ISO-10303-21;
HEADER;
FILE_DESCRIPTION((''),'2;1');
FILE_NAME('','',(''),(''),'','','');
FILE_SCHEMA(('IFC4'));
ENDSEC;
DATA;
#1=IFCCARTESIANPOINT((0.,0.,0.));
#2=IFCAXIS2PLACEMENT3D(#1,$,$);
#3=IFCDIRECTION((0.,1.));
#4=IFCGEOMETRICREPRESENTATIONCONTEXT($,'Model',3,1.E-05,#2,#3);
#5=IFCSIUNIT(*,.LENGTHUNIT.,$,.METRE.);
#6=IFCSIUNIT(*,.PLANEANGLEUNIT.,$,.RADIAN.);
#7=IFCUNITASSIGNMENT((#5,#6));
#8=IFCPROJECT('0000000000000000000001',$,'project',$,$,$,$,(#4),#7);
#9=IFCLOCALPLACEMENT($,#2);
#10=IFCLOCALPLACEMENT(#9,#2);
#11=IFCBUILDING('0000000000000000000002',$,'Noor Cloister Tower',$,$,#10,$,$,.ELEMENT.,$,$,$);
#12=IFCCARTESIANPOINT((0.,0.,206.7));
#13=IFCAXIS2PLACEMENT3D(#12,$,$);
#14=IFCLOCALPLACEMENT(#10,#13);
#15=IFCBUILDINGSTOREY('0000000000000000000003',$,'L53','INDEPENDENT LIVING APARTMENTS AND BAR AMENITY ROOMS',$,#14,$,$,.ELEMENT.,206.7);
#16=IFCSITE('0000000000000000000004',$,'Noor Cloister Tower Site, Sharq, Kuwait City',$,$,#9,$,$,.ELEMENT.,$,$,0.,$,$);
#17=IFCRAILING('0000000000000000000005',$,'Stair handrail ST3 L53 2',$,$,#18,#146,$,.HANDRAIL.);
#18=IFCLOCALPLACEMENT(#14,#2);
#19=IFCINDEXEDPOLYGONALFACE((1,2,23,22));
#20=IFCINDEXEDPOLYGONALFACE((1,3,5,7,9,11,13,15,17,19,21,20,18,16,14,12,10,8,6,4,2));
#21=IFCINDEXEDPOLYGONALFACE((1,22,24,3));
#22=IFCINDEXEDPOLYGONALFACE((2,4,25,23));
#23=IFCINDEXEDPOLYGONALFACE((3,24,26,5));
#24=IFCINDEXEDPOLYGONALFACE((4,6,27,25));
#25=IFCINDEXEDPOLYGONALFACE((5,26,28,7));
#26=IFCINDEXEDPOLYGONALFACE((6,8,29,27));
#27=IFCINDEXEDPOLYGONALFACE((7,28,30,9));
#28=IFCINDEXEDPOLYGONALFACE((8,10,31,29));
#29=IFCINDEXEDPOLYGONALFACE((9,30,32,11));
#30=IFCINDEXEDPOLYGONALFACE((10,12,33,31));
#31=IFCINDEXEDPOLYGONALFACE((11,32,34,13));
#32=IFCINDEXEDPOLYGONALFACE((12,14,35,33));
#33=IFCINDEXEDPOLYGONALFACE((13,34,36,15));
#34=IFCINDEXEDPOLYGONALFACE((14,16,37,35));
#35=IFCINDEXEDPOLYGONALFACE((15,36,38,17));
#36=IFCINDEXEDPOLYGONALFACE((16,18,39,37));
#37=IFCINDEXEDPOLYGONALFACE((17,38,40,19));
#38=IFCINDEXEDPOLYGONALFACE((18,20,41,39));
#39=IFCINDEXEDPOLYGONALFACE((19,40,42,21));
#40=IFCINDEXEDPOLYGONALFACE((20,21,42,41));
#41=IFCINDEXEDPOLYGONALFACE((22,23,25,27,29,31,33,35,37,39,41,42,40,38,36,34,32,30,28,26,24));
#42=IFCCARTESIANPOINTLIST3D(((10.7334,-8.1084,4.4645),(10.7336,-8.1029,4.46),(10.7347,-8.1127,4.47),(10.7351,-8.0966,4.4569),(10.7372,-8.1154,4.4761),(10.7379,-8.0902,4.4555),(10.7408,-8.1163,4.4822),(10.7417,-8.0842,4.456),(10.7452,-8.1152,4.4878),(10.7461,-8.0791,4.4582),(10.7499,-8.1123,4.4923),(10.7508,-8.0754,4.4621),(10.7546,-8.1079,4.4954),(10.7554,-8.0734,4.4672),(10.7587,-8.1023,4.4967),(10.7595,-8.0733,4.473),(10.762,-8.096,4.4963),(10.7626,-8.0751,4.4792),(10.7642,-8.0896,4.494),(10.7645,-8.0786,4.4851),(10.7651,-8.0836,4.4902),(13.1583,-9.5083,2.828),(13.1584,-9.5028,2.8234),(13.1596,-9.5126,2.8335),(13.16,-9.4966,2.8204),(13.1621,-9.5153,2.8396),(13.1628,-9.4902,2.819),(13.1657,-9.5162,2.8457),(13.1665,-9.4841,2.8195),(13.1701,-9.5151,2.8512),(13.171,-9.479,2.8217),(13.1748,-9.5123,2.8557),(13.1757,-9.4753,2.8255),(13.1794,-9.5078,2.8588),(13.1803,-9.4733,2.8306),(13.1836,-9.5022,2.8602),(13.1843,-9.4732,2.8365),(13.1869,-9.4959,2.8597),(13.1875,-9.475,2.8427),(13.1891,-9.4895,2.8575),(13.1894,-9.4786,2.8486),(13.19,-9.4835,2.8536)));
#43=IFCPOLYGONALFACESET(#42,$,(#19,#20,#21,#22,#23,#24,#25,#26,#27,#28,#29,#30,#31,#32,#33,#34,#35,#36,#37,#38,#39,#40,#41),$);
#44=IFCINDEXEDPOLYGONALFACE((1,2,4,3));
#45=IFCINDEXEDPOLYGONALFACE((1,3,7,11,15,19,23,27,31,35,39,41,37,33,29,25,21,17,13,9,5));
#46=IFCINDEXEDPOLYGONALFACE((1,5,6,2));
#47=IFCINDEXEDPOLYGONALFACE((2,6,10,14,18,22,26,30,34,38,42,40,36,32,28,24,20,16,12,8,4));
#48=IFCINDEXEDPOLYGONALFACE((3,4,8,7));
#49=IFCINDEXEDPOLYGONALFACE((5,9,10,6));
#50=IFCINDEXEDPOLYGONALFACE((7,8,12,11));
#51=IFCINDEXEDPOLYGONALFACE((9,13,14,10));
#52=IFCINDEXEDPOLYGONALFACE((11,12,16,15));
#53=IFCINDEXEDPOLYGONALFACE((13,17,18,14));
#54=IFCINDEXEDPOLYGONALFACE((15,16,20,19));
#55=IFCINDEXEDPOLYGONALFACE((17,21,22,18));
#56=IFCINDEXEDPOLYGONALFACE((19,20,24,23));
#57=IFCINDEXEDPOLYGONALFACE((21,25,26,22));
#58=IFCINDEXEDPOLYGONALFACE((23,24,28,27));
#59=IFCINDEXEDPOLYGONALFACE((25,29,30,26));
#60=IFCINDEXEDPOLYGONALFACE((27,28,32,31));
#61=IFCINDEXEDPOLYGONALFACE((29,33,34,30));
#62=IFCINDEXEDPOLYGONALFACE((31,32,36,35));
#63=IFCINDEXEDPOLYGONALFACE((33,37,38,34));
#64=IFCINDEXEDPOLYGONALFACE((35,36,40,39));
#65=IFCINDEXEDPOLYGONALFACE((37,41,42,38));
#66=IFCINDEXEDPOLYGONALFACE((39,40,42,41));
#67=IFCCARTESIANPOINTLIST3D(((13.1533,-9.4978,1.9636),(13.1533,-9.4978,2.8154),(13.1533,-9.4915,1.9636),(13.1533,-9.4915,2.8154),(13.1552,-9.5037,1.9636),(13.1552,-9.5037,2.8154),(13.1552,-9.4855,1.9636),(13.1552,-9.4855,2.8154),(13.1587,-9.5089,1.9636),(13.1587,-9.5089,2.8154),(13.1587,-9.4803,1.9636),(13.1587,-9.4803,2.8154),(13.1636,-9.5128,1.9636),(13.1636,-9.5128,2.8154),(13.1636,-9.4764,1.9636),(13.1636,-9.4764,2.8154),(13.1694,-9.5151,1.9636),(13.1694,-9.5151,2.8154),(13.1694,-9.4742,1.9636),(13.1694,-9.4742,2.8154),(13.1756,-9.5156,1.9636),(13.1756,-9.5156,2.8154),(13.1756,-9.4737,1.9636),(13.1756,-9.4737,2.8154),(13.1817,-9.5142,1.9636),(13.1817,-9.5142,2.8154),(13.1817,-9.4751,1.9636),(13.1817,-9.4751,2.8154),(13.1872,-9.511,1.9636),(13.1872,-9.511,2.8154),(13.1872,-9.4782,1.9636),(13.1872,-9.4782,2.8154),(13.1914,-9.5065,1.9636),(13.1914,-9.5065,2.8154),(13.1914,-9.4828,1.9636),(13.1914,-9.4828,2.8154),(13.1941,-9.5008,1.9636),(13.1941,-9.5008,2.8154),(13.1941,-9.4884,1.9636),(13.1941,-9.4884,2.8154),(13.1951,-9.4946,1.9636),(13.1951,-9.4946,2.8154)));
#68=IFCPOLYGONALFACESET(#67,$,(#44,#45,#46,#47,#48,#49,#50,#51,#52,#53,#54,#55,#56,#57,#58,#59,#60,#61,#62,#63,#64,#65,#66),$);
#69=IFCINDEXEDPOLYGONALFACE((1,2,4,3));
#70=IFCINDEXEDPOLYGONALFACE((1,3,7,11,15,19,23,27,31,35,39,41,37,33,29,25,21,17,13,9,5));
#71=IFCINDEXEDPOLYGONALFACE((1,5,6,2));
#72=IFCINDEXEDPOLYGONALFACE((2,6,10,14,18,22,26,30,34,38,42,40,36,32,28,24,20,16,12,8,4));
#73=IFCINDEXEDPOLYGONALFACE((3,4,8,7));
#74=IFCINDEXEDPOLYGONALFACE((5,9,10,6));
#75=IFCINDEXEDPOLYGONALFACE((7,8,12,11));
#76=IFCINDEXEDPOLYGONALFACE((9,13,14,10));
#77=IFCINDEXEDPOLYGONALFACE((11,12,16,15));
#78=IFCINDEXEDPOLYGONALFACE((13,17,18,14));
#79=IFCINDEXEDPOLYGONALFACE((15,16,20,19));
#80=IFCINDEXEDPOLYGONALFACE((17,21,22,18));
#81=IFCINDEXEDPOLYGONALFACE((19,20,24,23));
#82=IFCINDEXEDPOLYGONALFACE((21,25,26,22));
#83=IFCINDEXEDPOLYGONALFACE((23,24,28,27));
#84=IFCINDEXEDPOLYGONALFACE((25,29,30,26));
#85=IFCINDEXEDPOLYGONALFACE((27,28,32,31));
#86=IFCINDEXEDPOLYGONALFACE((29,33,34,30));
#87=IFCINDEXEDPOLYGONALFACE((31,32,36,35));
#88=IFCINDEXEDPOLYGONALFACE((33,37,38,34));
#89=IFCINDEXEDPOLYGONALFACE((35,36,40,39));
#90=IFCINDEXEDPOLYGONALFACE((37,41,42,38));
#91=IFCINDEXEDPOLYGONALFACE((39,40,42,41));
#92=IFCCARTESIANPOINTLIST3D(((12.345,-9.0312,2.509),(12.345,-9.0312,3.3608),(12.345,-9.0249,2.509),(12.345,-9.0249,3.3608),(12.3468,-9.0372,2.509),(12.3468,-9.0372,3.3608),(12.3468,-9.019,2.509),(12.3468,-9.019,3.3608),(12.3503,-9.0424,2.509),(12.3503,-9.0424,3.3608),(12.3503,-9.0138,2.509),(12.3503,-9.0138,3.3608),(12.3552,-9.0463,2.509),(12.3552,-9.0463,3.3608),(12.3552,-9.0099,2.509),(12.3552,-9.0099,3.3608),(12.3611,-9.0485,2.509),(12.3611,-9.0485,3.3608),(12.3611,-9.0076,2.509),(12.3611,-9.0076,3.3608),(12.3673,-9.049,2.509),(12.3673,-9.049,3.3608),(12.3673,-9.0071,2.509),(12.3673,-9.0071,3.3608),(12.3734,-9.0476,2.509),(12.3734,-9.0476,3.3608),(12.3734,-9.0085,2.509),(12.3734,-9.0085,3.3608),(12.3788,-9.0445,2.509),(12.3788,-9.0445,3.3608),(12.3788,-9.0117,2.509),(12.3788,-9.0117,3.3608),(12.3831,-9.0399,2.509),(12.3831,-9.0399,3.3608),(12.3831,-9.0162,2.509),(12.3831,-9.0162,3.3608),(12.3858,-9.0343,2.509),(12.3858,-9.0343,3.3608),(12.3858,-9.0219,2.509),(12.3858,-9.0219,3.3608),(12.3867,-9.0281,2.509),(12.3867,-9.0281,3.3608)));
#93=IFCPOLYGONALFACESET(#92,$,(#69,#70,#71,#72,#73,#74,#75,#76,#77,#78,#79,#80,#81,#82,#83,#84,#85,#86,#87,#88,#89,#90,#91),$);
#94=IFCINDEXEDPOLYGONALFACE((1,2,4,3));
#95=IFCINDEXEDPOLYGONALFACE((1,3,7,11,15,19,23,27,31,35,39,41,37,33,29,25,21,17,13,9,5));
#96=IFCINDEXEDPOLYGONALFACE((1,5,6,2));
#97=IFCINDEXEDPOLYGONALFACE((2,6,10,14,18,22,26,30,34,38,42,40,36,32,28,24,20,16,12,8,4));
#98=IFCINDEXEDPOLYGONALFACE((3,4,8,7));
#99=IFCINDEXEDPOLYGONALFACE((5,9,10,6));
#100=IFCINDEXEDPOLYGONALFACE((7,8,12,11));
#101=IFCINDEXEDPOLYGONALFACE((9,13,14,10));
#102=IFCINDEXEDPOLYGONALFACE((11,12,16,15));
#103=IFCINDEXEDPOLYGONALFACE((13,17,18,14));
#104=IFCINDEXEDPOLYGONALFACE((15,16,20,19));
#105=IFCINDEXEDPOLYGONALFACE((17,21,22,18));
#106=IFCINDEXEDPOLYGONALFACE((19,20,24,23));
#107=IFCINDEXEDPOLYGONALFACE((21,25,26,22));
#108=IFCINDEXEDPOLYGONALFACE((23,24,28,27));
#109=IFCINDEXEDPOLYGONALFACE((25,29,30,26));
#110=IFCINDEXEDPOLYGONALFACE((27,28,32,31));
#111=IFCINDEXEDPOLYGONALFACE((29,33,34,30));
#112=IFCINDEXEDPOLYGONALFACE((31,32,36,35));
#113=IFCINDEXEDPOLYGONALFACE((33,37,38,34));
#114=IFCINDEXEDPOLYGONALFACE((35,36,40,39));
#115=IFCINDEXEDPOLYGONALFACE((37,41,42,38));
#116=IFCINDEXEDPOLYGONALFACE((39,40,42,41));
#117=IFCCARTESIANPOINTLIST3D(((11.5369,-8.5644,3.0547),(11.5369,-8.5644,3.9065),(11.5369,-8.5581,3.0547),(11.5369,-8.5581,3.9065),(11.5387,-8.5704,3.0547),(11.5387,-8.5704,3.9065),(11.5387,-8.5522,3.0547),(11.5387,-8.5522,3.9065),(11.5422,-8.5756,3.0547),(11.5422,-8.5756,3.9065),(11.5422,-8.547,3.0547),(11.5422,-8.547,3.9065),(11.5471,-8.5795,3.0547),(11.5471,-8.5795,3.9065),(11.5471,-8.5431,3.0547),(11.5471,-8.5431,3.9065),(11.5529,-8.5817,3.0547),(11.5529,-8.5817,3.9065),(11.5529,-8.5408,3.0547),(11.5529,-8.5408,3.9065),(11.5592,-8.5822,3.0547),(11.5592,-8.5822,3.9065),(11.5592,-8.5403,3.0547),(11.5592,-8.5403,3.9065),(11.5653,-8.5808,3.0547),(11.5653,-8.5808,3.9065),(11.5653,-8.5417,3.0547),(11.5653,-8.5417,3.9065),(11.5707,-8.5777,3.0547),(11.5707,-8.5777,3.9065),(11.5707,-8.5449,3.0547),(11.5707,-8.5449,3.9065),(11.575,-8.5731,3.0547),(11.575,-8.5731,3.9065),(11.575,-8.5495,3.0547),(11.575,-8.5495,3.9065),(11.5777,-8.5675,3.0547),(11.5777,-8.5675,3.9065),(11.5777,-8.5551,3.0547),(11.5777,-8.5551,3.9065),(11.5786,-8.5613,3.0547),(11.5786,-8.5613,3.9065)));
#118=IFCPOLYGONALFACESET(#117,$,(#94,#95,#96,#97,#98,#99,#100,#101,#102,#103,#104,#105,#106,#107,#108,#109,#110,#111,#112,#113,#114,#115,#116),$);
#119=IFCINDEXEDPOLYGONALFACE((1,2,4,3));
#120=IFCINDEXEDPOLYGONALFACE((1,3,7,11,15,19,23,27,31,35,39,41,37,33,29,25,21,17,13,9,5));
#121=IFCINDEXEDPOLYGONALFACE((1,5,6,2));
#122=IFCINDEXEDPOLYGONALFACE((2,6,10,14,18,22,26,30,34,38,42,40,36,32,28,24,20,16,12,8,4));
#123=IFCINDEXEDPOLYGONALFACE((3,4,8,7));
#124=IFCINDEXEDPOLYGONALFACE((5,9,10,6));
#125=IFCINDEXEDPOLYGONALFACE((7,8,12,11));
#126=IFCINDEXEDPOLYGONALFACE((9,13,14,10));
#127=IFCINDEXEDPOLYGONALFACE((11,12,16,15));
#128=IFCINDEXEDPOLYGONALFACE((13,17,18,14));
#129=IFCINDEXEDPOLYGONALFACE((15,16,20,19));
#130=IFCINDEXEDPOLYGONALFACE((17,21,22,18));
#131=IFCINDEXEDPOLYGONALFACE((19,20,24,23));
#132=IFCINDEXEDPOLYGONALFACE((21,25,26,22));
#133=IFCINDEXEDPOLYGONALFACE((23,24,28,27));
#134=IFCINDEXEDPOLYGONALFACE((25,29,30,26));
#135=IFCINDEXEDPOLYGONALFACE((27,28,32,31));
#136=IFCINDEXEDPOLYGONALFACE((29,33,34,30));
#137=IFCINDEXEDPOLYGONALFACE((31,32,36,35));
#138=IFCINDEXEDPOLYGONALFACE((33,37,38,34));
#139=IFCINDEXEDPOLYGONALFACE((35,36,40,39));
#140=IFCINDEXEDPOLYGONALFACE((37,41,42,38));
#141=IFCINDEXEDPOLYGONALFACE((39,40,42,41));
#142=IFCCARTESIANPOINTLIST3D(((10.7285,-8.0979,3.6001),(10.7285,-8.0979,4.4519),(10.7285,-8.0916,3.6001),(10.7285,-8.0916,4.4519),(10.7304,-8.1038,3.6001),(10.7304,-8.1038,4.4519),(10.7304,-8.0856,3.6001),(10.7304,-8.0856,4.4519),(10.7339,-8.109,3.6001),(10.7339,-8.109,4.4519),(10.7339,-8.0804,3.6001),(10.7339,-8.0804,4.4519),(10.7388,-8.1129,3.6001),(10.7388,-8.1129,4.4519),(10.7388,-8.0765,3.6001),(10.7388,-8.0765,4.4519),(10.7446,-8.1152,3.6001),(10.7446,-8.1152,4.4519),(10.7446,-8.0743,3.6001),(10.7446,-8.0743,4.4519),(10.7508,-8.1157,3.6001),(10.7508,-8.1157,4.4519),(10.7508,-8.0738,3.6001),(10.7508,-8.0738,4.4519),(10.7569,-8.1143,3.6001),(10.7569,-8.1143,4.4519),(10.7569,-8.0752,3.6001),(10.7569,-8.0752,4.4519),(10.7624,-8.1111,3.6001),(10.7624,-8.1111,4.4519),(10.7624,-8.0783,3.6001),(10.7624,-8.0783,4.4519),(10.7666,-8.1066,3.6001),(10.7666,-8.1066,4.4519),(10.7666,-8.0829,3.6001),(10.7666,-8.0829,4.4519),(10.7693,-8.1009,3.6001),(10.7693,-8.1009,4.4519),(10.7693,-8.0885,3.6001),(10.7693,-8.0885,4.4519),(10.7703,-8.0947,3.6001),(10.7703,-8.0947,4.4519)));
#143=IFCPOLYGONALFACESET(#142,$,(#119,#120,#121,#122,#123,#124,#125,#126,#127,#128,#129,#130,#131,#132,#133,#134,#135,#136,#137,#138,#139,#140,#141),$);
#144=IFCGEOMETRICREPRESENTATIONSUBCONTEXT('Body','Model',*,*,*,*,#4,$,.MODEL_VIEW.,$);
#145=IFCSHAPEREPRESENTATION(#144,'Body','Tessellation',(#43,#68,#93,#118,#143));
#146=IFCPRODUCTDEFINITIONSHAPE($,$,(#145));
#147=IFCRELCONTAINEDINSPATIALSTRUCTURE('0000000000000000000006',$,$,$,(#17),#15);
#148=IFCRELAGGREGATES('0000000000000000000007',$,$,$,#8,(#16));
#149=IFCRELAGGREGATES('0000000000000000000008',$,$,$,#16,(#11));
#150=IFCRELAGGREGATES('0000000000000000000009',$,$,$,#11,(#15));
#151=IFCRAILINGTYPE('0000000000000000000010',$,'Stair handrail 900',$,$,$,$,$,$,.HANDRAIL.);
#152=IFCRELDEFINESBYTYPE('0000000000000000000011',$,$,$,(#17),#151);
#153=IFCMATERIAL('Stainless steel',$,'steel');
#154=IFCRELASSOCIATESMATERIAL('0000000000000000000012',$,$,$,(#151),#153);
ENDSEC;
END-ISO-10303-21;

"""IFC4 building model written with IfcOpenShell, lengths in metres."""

from ifc_helpers import new_model, si_unit, direction, frame, origin, origin_2d, place, context, subcontext, project, spatial, circle, extrude, material, type_object, element, save


model = new_model("IFC4")

# Units and contexts
model_context = context("Model", 3, precision=1e-05, world=origin(), true_north=direction((0.0, 1.0)))
body_context = subcontext(model_context, "Body", "Model", "MODEL_VIEW")
ifc_project = project(units=[si_unit("LENGTHUNIT", "METRE"), si_unit("PLANEANGLEUNIT", "RADIAN")], contexts=[model_context])

# Site, building, storey
site_placement = place(None, origin())
site = spatial("IfcSite", under=ifc_project, at=site_placement, Name="Noor Cloister Tower Site, Sharq, Kuwait City", CompositionType="ELEMENT", RefElevation=0.0)
building_placement = place(site_placement, origin())
building = spatial("IfcBuilding", under=site, at=building_placement, Name="Noor Cloister Tower", CompositionType="ELEMENT")
storey_placement = place(building_placement, frame((0.0, 0.0, 206.7)))
storey = spatial("IfcBuildingStorey", under=building, at=storey_placement, Name="L53", Description="INDEPENDENT LIVING APARTMENTS AND BAR AMENITY ROOMS", CompositionType="ELEMENT", Elevation=206.7)

# Railing
ifc_material_1 = material(Name="Stainless steel", Category="steel")
railing_type_1 = type_object("IfcRailingType", Name="Stair handrail 900", PredefinedType="HANDRAIL", material=ifc_material_1)
railing_1_placement = place(storey_placement, frame((13.1741, -9.4946, 1.9636)))
element("IfcRailing", 1, at=railing_1_placement, inside=storey, type_object=railing_type_1, Name="Stair handrail ST3 L53 2", PredefinedType="HANDRAIL", context=body_context, shape_type="SweptSolid", body=[
    extrude(circle(Radius=0.0239, at=origin_2d()), frame((0.0, 0.0, 0.876), z_axis=(-0.74769, 0.431661, 0.504608), x_axis=(-0.499984, -0.866035, 0.0)), (0.0, 0.0, 1.0), 3.2432),
    extrude(circle(Radius=0.021, at=origin_2d()), origin(), (0.0, 0.0, 1.0), 0.8518),
    extrude(circle(Radius=0.021, at=origin_2d()), frame((-0.8083, 0.4666, 0.5454)), (0.0, 0.0, 1.0), 0.8518),
    extrude(circle(Radius=0.021, at=origin_2d()), frame((-1.6165, 0.9333, 1.0911)), (0.0, 0.0, 1.0), 0.8518),
    extrude(circle(Radius=0.021, at=origin_2d()), frame((-2.4248, 1.3999, 1.6365)), (0.0, 0.0, 1.0), 0.8518),
])

save(model, "model.ifc")
